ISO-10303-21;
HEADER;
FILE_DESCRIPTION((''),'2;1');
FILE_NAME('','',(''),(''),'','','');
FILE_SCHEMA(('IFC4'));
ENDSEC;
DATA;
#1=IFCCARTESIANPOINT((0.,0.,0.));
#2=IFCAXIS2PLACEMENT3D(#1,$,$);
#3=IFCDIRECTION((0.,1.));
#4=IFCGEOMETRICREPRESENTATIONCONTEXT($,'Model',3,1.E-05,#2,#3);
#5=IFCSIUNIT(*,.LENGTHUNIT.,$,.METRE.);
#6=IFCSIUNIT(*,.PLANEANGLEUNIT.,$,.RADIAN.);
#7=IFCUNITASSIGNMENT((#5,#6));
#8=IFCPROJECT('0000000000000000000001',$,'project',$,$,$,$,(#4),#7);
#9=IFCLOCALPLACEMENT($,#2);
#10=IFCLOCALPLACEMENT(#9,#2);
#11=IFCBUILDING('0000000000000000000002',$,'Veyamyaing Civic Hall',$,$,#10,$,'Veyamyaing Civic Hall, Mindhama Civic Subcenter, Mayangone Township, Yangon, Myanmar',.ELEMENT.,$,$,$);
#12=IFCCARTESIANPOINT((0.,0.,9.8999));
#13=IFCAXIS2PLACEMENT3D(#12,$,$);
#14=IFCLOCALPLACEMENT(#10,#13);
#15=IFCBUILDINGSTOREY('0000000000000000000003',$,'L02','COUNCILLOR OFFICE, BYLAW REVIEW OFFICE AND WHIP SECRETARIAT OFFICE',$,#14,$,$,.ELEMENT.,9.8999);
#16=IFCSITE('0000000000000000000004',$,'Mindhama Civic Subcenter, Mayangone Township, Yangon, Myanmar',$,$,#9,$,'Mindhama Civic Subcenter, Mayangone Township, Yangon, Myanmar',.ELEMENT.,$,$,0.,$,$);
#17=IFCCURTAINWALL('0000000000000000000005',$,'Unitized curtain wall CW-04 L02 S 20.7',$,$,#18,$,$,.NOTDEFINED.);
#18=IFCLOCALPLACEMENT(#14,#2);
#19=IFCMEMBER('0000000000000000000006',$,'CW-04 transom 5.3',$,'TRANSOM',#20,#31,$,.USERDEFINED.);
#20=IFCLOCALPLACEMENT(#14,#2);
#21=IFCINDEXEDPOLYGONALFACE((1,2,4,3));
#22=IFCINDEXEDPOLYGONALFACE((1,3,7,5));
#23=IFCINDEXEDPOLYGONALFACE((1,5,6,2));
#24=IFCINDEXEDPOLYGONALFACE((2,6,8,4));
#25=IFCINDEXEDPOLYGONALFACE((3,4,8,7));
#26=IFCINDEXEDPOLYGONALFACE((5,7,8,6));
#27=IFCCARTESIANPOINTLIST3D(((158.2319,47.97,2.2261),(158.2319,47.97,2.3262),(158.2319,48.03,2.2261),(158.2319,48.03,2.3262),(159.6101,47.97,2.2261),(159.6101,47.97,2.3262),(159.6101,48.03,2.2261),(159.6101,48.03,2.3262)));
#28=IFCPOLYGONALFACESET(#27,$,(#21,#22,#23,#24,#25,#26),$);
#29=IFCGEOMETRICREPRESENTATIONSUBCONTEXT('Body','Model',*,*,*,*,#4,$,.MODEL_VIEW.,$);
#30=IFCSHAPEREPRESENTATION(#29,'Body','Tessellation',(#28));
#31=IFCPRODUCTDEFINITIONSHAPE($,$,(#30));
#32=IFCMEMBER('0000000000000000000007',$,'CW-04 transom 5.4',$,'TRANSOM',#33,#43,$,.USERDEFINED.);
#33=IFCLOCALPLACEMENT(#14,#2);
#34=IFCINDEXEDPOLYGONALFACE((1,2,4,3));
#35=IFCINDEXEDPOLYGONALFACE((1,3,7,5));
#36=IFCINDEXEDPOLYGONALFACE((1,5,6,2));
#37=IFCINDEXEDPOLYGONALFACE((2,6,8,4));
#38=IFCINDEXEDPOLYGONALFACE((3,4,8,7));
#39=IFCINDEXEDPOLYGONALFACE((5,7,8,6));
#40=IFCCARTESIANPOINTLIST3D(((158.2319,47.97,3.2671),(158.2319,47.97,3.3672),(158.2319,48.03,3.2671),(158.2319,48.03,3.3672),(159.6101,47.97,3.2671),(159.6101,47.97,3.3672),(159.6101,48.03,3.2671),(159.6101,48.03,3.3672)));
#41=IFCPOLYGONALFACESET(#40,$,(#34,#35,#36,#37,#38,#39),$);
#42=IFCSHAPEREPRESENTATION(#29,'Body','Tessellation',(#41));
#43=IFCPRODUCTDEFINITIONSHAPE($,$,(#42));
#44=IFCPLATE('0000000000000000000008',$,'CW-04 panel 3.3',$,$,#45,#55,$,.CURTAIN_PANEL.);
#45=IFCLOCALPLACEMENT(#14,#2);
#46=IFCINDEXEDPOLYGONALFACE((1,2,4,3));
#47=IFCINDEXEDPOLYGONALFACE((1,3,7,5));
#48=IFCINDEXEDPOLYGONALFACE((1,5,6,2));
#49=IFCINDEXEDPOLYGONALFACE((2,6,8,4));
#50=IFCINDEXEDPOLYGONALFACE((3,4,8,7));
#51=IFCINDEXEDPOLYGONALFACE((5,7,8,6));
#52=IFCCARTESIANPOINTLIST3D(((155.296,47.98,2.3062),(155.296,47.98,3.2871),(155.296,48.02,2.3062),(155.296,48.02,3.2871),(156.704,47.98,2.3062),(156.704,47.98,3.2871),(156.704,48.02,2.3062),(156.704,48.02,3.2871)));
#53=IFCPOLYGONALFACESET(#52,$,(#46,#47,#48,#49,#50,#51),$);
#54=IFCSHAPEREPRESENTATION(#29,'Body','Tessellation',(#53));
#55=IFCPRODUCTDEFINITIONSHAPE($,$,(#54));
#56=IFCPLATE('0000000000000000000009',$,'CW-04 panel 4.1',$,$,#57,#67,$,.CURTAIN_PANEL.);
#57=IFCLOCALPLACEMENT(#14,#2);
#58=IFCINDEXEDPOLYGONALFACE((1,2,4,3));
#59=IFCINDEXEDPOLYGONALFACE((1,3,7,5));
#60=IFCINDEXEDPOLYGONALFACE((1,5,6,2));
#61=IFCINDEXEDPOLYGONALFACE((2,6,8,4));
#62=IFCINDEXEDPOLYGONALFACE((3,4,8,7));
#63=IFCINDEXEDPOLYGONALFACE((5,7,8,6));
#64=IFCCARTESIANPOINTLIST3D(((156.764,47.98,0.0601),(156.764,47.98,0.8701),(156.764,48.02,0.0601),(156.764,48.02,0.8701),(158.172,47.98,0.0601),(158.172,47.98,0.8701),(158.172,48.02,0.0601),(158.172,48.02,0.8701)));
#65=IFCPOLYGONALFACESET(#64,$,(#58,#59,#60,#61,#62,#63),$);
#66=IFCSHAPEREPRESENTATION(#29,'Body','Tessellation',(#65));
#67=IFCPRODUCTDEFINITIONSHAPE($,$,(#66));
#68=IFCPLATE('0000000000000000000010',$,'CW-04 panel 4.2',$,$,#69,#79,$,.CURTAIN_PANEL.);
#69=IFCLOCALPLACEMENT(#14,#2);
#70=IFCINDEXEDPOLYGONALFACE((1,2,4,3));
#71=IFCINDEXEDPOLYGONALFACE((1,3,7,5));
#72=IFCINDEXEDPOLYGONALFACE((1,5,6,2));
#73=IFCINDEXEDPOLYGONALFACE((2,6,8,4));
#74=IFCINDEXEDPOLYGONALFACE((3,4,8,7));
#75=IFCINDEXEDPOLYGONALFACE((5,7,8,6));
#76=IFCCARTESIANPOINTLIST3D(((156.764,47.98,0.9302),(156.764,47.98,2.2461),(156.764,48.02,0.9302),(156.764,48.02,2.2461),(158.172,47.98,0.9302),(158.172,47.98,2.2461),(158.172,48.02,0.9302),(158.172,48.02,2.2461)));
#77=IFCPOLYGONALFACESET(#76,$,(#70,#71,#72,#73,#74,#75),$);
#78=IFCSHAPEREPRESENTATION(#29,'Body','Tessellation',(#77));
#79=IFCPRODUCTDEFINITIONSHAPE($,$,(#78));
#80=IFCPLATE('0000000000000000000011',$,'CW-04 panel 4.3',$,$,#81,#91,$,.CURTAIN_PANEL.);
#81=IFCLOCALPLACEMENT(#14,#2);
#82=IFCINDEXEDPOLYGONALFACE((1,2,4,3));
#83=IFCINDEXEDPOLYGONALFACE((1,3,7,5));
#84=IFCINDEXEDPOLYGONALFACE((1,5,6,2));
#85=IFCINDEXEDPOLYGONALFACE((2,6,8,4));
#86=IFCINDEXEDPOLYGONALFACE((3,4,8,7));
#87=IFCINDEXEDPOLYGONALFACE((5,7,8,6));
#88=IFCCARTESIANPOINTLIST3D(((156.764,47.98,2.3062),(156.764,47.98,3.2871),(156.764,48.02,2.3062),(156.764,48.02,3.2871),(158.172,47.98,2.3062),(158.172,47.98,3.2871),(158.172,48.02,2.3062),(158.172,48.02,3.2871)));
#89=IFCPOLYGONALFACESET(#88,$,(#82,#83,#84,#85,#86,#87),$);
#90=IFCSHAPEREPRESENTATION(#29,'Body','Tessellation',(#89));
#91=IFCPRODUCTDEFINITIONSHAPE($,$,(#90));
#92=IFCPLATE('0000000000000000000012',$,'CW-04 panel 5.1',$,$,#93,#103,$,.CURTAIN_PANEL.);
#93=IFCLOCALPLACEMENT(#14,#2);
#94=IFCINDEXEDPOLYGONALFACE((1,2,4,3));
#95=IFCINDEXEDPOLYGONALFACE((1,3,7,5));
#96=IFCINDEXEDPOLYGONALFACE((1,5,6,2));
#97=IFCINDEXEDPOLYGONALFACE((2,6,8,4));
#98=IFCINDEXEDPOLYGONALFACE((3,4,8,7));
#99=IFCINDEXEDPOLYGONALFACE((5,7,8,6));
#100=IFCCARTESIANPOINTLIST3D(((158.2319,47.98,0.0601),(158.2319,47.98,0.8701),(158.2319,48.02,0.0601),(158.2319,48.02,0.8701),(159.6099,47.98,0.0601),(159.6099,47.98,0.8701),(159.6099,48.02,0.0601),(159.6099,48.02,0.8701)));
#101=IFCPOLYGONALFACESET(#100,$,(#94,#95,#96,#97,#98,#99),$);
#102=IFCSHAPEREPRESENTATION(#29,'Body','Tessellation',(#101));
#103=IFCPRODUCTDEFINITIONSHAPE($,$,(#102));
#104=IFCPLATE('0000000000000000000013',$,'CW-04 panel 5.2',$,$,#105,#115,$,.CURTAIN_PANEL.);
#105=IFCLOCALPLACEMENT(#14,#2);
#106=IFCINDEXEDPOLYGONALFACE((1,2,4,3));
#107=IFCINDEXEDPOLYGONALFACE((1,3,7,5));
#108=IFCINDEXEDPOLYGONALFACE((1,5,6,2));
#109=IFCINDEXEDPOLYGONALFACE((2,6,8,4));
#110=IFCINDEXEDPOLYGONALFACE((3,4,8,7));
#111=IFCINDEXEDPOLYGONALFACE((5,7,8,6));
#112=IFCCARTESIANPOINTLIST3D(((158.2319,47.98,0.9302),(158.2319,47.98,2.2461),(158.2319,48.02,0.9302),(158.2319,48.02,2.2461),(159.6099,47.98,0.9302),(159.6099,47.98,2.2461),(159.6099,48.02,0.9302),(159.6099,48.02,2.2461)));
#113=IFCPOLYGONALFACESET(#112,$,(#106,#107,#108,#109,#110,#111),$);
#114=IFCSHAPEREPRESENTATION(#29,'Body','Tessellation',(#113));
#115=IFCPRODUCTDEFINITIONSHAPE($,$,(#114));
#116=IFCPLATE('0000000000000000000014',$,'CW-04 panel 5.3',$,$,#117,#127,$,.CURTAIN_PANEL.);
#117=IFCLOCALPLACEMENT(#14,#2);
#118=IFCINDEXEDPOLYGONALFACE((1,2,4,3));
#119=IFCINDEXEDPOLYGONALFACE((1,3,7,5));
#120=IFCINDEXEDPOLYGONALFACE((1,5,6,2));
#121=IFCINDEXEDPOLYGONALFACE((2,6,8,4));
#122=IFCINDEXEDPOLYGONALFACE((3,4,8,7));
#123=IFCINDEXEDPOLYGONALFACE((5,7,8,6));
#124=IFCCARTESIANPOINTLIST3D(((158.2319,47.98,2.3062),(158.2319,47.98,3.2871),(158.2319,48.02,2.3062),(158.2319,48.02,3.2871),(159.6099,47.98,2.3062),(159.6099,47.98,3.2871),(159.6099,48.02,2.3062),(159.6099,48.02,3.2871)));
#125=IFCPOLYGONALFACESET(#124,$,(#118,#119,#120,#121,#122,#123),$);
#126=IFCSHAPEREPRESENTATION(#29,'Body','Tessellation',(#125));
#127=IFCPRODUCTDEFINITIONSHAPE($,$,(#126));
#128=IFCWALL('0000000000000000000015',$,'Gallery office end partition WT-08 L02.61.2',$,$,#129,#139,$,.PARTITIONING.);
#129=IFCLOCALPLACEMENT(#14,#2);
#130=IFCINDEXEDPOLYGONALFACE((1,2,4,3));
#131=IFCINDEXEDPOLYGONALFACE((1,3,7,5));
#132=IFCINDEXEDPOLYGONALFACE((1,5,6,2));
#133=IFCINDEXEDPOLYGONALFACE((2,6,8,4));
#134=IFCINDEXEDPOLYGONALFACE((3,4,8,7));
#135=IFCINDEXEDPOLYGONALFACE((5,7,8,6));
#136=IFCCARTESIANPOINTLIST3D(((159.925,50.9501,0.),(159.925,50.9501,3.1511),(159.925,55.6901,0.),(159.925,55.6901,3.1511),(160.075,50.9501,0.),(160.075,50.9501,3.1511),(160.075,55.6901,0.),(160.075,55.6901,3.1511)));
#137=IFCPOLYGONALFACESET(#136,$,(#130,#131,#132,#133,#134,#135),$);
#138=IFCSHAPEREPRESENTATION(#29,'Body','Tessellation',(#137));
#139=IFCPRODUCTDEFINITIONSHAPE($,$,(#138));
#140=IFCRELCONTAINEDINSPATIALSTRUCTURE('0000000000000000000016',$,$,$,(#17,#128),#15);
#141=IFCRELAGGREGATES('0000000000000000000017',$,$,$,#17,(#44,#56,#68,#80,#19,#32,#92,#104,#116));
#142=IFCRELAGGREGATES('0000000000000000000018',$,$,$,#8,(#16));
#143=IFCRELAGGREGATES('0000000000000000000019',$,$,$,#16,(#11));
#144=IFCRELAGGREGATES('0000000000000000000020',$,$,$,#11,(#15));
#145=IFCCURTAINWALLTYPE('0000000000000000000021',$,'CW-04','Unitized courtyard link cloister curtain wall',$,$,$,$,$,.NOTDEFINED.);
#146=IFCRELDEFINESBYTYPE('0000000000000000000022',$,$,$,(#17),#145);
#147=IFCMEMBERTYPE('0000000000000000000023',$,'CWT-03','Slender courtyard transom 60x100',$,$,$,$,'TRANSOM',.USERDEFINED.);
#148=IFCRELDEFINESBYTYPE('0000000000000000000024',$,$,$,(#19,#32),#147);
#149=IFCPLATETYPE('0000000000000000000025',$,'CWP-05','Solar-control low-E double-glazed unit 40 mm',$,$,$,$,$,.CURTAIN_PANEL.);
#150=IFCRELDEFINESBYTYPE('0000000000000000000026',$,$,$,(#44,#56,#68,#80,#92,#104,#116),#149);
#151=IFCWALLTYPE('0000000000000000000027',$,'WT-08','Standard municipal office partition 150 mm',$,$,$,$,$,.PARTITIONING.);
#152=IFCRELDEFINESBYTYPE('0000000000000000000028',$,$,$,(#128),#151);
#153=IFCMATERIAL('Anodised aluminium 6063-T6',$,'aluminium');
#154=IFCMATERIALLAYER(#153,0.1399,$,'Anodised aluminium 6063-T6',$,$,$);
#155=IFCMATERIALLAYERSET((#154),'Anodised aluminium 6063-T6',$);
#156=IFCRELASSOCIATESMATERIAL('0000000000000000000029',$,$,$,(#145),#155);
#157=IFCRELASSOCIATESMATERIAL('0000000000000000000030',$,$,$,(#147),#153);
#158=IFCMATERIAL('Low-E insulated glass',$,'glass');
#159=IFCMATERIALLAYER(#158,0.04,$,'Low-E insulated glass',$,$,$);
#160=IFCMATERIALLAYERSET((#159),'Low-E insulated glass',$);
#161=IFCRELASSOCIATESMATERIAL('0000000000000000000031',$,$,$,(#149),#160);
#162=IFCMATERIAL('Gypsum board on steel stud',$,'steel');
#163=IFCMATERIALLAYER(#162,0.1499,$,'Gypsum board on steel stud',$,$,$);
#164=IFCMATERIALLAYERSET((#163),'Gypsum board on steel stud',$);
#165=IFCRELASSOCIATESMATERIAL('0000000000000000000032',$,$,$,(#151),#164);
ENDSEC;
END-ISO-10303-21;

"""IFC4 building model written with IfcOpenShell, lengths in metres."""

from ifc_helpers import new_model, si_unit, direction, frame, frame_2d, origin, origin_2d, place, context, subcontext, project, spatial, rectangle, extrude, material, layer, layer_set, material_profile, profile_set, type_object, element, aggregate, save


model = new_model("IFC4")

# Units and contexts
model_context = context("Model", 3, precision=1e-05, world=origin(), true_north=direction((0.0, 1.0)))
body_context = subcontext(model_context, "Body", "Model", "MODEL_VIEW")
ifc_project = project(units=[si_unit("LENGTHUNIT", "METRE"), si_unit("PLANEANGLEUNIT", "RADIAN")], contexts=[model_context])

# Site, building, storey
site_placement = place(None, origin())
site = spatial("IfcSite", under=ifc_project, at=site_placement, Name="Mindhama Civic Subcenter, Mayangone Township, Yangon, Myanmar", LongName="Mindhama Civic Subcenter, Mayangone Township, Yangon, Myanmar", CompositionType="ELEMENT", RefElevation=0.0)
building_placement = place(site_placement, origin())
building = spatial("IfcBuilding", under=site, at=building_placement, Name="Veyamyaing Civic Hall", LongName="Veyamyaing Civic Hall, Mindhama Civic Subcenter, Mayangone Township, Yangon, Myanmar", CompositionType="ELEMENT")
storey_placement = place(building_placement, frame((0.0, 0.0, 9.8999)))
storey = spatial("IfcBuildingStorey", under=building, at=storey_placement, Name="L02", Description="COUNCILLOR OFFICE, BYLAW REVIEW OFFICE AND WHIP SECRETARIAT OFFICE", CompositionType="ELEMENT", Elevation=9.8999)

# Curtain wall, members, plates
ifc_material_1 = material(Name="Anodised aluminium 6063-T6", Category="aluminium")
ifc_layer_1 = layer(ifc_material_1, 0.1399, Name="Anodised aluminium 6063-T6")
ifc_layer_set_1 = layer_set([ifc_layer_1], Name="Anodised aluminium 6063-T6")
curtain_wall_type = type_object("IfcCurtainWallType", Name="CW-04", Description="Unitized courtyard link cloister curtain wall", PredefinedType="NOTDEFINED", material=ifc_layer_set_1)
curtain_wall_placement = place(storey_placement, origin())
curtain_wall = element("IfcCurtainWall", 1, at=curtain_wall_placement, inside=storey, type_object=curtain_wall_type, Name="Unitized curtain wall CW-04 L02 S 20.7", PredefinedType="NOTDEFINED")
ifc_material_profile_1 = material_profile(ifc_material_1, rectangle(XDim=0.0601, YDim=0.1001, at=origin_2d()), Name="ALU-TRN-60X100")
ifc_profile_set_1 = profile_set([ifc_material_profile_1], Name="Anodised aluminium 6063-T6")
member_type_1 = type_object("IfcMemberType", Name="CWT-03", Description="Slender courtyard transom 60x100", ElementType="TRANSOM", PredefinedType="USERDEFINED", material=ifc_profile_set_1)
member_1_placement = place(storey_placement, frame((158.2319, 48.0, 2.2761), z_axis=(1.0, 0.0, 0.0), x_axis=(0.0, 1.0, 0.0)))
member_1 = element("IfcMember", 2, at=member_1_placement, type_object=member_type_1, Name="CW-04 transom 5.3", ObjectType="TRANSOM", PredefinedType="USERDEFINED", context=body_context, shape_type="SweptSolid", body=[
    extrude(rectangle(XDim=0.0601, YDim=0.1001, at=origin_2d()), origin(), (0.0, 0.0, 1.0), 1.3782),
])
member_2_placement = place(storey_placement, frame((158.2319, 48.0, 3.3171), z_axis=(1.0, 0.0, 0.0), x_axis=(0.0, 1.0, 0.0)))
member_2 = element("IfcMember", 3, at=member_2_placement, type_object=member_type_1, Name="CW-04 transom 5.4", ObjectType="TRANSOM", PredefinedType="USERDEFINED", context=body_context, shape_type="SweptSolid", body=[
    extrude(rectangle(XDim=0.0601, YDim=0.1001, at=origin_2d()), origin(), (0.0, 0.0, 1.0), 1.3782),
])
ifc_material_2 = material(Name="Low-E insulated glass", Category="glass")
ifc_layer_2 = layer(ifc_material_2, 0.04, Name="Low-E insulated glass")
ifc_layer_set_2 = layer_set([ifc_layer_2], Name="Low-E insulated glass")
plate_type = type_object("IfcPlateType", Name="CWP-05", Description="Solar-control low-E double-glazed unit 40 mm", PredefinedType="CURTAIN_PANEL", material=ifc_layer_set_2)
plate_1_placement = place(storey_placement, frame((156.0, 48.0, 2.3062), z_axis=(0.0, 0.0, 1.0), x_axis=(1.0, 0.0, 0.0)))
plate_1 = element("IfcPlate", 4, at=plate_1_placement, type_object=plate_type, Name="CW-04 panel 3.3", PredefinedType="CURTAIN_PANEL", context=body_context, shape_type="SweptSolid", body=[
    extrude(rectangle(XDim=1.408, YDim=0.04, at=origin_2d()), origin(), (0.0, 0.0, 1.0), 0.981),
])
plate_2_placement = place(storey_placement, frame((157.468, 48.0, 0.0601), z_axis=(0.0, 0.0, 1.0), x_axis=(1.0, 0.0, 0.0)))
plate_2 = element("IfcPlate", 5, at=plate_2_placement, type_object=plate_type, Name="CW-04 panel 4.1", PredefinedType="CURTAIN_PANEL", context=body_context, shape_type="SweptSolid", body=[
    extrude(rectangle(XDim=1.408, YDim=0.04, at=origin_2d()), origin(), (0.0, 0.0, 1.0), 0.8101),
])
plate_3_placement = place(storey_placement, frame((157.468, 48.0, 0.9302), z_axis=(0.0, 0.0, 1.0), x_axis=(1.0, 0.0, 0.0)))
plate_3 = element("IfcPlate", 6, at=plate_3_placement, type_object=plate_type, Name="CW-04 panel 4.2", PredefinedType="CURTAIN_PANEL", context=body_context, shape_type="SweptSolid", body=[
    extrude(rectangle(XDim=1.408, YDim=0.04, at=origin_2d()), origin(), (0.0, 0.0, 1.0), 1.3159),
])
plate_4_placement = place(storey_placement, frame((157.468, 48.0, 2.3062), z_axis=(0.0, 0.0, 1.0), x_axis=(1.0, 0.0, 0.0)))
plate_4 = element("IfcPlate", 7, at=plate_4_placement, type_object=plate_type, Name="CW-04 panel 4.3", PredefinedType="CURTAIN_PANEL", context=body_context, shape_type="SweptSolid", body=[
    extrude(rectangle(XDim=1.408, YDim=0.04, at=origin_2d()), origin(), (0.0, 0.0, 1.0), 0.981),
])
plate_5_placement = place(storey_placement, frame((158.9209, 48.0, 0.0601), z_axis=(0.0, 0.0, 1.0), x_axis=(1.0, 0.0, 0.0)))
plate_5 = element("IfcPlate", 8, at=plate_5_placement, type_object=plate_type, Name="CW-04 panel 5.1", PredefinedType="CURTAIN_PANEL", context=body_context, shape_type="SweptSolid", body=[
    extrude(rectangle(XDim=1.3779, YDim=0.04, at=origin_2d()), origin(), (0.0, 0.0, 1.0), 0.8101),
])
plate_6_placement = place(storey_placement, frame((158.9209, 48.0, 0.9302), z_axis=(0.0, 0.0, 1.0), x_axis=(1.0, 0.0, 0.0)))
plate_6 = element("IfcPlate", 9, at=plate_6_placement, type_object=plate_type, Name="CW-04 panel 5.2", PredefinedType="CURTAIN_PANEL", context=body_context, shape_type="SweptSolid", body=[
    extrude(rectangle(XDim=1.3779, YDim=0.04, at=origin_2d()), origin(), (0.0, 0.0, 1.0), 1.3159),
])
plate_7_placement = place(storey_placement, frame((158.9209, 48.0, 2.3062), z_axis=(0.0, 0.0, 1.0), x_axis=(1.0, 0.0, 0.0)))
plate_7 = element("IfcPlate", 10, at=plate_7_placement, type_object=plate_type, Name="CW-04 panel 5.3", PredefinedType="CURTAIN_PANEL", context=body_context, shape_type="SweptSolid", body=[
    extrude(rectangle(XDim=1.3779, YDim=0.04, at=origin_2d()), origin(), (0.0, 0.0, 1.0), 0.981),
])
aggregate(curtain_wall, [plate_1, plate_2, plate_3, plate_4, member_1, member_2, plate_5, plate_6, plate_7])

# Wall
ifc_material_3 = material(Name="Gypsum board on steel stud", Category="steel")
ifc_layer_3 = layer(ifc_material_3, 0.1499, Name="Gypsum board on steel stud")
ifc_layer_set_3 = layer_set([ifc_layer_3], Name="Gypsum board on steel stud")
wall_type = type_object("IfcWallType", Name="WT-08", Description="Standard municipal office partition 150 mm", PredefinedType="PARTITIONING", material=ifc_layer_set_3)
wall_placement = place(storey_placement, frame((160.0, 50.95, 0.0), z_axis=(0.0, 0.0, 1.0), x_axis=(0.0, 1.0, 0.0)))
element("IfcWall", 11, at=wall_placement, inside=storey, type_object=wall_type, Name="Gallery office end partition WT-08 L02.61.2", PredefinedType="PARTITIONING", context=body_context, shape_type="SweptSolid", body=[
    extrude(rectangle(XDim=4.74, YDim=0.1499, at=frame_2d((2.3701, 0.0))), origin(), (0.0, 0.0, 1.0), 3.1511),
])

save(model, "model.ifc")
